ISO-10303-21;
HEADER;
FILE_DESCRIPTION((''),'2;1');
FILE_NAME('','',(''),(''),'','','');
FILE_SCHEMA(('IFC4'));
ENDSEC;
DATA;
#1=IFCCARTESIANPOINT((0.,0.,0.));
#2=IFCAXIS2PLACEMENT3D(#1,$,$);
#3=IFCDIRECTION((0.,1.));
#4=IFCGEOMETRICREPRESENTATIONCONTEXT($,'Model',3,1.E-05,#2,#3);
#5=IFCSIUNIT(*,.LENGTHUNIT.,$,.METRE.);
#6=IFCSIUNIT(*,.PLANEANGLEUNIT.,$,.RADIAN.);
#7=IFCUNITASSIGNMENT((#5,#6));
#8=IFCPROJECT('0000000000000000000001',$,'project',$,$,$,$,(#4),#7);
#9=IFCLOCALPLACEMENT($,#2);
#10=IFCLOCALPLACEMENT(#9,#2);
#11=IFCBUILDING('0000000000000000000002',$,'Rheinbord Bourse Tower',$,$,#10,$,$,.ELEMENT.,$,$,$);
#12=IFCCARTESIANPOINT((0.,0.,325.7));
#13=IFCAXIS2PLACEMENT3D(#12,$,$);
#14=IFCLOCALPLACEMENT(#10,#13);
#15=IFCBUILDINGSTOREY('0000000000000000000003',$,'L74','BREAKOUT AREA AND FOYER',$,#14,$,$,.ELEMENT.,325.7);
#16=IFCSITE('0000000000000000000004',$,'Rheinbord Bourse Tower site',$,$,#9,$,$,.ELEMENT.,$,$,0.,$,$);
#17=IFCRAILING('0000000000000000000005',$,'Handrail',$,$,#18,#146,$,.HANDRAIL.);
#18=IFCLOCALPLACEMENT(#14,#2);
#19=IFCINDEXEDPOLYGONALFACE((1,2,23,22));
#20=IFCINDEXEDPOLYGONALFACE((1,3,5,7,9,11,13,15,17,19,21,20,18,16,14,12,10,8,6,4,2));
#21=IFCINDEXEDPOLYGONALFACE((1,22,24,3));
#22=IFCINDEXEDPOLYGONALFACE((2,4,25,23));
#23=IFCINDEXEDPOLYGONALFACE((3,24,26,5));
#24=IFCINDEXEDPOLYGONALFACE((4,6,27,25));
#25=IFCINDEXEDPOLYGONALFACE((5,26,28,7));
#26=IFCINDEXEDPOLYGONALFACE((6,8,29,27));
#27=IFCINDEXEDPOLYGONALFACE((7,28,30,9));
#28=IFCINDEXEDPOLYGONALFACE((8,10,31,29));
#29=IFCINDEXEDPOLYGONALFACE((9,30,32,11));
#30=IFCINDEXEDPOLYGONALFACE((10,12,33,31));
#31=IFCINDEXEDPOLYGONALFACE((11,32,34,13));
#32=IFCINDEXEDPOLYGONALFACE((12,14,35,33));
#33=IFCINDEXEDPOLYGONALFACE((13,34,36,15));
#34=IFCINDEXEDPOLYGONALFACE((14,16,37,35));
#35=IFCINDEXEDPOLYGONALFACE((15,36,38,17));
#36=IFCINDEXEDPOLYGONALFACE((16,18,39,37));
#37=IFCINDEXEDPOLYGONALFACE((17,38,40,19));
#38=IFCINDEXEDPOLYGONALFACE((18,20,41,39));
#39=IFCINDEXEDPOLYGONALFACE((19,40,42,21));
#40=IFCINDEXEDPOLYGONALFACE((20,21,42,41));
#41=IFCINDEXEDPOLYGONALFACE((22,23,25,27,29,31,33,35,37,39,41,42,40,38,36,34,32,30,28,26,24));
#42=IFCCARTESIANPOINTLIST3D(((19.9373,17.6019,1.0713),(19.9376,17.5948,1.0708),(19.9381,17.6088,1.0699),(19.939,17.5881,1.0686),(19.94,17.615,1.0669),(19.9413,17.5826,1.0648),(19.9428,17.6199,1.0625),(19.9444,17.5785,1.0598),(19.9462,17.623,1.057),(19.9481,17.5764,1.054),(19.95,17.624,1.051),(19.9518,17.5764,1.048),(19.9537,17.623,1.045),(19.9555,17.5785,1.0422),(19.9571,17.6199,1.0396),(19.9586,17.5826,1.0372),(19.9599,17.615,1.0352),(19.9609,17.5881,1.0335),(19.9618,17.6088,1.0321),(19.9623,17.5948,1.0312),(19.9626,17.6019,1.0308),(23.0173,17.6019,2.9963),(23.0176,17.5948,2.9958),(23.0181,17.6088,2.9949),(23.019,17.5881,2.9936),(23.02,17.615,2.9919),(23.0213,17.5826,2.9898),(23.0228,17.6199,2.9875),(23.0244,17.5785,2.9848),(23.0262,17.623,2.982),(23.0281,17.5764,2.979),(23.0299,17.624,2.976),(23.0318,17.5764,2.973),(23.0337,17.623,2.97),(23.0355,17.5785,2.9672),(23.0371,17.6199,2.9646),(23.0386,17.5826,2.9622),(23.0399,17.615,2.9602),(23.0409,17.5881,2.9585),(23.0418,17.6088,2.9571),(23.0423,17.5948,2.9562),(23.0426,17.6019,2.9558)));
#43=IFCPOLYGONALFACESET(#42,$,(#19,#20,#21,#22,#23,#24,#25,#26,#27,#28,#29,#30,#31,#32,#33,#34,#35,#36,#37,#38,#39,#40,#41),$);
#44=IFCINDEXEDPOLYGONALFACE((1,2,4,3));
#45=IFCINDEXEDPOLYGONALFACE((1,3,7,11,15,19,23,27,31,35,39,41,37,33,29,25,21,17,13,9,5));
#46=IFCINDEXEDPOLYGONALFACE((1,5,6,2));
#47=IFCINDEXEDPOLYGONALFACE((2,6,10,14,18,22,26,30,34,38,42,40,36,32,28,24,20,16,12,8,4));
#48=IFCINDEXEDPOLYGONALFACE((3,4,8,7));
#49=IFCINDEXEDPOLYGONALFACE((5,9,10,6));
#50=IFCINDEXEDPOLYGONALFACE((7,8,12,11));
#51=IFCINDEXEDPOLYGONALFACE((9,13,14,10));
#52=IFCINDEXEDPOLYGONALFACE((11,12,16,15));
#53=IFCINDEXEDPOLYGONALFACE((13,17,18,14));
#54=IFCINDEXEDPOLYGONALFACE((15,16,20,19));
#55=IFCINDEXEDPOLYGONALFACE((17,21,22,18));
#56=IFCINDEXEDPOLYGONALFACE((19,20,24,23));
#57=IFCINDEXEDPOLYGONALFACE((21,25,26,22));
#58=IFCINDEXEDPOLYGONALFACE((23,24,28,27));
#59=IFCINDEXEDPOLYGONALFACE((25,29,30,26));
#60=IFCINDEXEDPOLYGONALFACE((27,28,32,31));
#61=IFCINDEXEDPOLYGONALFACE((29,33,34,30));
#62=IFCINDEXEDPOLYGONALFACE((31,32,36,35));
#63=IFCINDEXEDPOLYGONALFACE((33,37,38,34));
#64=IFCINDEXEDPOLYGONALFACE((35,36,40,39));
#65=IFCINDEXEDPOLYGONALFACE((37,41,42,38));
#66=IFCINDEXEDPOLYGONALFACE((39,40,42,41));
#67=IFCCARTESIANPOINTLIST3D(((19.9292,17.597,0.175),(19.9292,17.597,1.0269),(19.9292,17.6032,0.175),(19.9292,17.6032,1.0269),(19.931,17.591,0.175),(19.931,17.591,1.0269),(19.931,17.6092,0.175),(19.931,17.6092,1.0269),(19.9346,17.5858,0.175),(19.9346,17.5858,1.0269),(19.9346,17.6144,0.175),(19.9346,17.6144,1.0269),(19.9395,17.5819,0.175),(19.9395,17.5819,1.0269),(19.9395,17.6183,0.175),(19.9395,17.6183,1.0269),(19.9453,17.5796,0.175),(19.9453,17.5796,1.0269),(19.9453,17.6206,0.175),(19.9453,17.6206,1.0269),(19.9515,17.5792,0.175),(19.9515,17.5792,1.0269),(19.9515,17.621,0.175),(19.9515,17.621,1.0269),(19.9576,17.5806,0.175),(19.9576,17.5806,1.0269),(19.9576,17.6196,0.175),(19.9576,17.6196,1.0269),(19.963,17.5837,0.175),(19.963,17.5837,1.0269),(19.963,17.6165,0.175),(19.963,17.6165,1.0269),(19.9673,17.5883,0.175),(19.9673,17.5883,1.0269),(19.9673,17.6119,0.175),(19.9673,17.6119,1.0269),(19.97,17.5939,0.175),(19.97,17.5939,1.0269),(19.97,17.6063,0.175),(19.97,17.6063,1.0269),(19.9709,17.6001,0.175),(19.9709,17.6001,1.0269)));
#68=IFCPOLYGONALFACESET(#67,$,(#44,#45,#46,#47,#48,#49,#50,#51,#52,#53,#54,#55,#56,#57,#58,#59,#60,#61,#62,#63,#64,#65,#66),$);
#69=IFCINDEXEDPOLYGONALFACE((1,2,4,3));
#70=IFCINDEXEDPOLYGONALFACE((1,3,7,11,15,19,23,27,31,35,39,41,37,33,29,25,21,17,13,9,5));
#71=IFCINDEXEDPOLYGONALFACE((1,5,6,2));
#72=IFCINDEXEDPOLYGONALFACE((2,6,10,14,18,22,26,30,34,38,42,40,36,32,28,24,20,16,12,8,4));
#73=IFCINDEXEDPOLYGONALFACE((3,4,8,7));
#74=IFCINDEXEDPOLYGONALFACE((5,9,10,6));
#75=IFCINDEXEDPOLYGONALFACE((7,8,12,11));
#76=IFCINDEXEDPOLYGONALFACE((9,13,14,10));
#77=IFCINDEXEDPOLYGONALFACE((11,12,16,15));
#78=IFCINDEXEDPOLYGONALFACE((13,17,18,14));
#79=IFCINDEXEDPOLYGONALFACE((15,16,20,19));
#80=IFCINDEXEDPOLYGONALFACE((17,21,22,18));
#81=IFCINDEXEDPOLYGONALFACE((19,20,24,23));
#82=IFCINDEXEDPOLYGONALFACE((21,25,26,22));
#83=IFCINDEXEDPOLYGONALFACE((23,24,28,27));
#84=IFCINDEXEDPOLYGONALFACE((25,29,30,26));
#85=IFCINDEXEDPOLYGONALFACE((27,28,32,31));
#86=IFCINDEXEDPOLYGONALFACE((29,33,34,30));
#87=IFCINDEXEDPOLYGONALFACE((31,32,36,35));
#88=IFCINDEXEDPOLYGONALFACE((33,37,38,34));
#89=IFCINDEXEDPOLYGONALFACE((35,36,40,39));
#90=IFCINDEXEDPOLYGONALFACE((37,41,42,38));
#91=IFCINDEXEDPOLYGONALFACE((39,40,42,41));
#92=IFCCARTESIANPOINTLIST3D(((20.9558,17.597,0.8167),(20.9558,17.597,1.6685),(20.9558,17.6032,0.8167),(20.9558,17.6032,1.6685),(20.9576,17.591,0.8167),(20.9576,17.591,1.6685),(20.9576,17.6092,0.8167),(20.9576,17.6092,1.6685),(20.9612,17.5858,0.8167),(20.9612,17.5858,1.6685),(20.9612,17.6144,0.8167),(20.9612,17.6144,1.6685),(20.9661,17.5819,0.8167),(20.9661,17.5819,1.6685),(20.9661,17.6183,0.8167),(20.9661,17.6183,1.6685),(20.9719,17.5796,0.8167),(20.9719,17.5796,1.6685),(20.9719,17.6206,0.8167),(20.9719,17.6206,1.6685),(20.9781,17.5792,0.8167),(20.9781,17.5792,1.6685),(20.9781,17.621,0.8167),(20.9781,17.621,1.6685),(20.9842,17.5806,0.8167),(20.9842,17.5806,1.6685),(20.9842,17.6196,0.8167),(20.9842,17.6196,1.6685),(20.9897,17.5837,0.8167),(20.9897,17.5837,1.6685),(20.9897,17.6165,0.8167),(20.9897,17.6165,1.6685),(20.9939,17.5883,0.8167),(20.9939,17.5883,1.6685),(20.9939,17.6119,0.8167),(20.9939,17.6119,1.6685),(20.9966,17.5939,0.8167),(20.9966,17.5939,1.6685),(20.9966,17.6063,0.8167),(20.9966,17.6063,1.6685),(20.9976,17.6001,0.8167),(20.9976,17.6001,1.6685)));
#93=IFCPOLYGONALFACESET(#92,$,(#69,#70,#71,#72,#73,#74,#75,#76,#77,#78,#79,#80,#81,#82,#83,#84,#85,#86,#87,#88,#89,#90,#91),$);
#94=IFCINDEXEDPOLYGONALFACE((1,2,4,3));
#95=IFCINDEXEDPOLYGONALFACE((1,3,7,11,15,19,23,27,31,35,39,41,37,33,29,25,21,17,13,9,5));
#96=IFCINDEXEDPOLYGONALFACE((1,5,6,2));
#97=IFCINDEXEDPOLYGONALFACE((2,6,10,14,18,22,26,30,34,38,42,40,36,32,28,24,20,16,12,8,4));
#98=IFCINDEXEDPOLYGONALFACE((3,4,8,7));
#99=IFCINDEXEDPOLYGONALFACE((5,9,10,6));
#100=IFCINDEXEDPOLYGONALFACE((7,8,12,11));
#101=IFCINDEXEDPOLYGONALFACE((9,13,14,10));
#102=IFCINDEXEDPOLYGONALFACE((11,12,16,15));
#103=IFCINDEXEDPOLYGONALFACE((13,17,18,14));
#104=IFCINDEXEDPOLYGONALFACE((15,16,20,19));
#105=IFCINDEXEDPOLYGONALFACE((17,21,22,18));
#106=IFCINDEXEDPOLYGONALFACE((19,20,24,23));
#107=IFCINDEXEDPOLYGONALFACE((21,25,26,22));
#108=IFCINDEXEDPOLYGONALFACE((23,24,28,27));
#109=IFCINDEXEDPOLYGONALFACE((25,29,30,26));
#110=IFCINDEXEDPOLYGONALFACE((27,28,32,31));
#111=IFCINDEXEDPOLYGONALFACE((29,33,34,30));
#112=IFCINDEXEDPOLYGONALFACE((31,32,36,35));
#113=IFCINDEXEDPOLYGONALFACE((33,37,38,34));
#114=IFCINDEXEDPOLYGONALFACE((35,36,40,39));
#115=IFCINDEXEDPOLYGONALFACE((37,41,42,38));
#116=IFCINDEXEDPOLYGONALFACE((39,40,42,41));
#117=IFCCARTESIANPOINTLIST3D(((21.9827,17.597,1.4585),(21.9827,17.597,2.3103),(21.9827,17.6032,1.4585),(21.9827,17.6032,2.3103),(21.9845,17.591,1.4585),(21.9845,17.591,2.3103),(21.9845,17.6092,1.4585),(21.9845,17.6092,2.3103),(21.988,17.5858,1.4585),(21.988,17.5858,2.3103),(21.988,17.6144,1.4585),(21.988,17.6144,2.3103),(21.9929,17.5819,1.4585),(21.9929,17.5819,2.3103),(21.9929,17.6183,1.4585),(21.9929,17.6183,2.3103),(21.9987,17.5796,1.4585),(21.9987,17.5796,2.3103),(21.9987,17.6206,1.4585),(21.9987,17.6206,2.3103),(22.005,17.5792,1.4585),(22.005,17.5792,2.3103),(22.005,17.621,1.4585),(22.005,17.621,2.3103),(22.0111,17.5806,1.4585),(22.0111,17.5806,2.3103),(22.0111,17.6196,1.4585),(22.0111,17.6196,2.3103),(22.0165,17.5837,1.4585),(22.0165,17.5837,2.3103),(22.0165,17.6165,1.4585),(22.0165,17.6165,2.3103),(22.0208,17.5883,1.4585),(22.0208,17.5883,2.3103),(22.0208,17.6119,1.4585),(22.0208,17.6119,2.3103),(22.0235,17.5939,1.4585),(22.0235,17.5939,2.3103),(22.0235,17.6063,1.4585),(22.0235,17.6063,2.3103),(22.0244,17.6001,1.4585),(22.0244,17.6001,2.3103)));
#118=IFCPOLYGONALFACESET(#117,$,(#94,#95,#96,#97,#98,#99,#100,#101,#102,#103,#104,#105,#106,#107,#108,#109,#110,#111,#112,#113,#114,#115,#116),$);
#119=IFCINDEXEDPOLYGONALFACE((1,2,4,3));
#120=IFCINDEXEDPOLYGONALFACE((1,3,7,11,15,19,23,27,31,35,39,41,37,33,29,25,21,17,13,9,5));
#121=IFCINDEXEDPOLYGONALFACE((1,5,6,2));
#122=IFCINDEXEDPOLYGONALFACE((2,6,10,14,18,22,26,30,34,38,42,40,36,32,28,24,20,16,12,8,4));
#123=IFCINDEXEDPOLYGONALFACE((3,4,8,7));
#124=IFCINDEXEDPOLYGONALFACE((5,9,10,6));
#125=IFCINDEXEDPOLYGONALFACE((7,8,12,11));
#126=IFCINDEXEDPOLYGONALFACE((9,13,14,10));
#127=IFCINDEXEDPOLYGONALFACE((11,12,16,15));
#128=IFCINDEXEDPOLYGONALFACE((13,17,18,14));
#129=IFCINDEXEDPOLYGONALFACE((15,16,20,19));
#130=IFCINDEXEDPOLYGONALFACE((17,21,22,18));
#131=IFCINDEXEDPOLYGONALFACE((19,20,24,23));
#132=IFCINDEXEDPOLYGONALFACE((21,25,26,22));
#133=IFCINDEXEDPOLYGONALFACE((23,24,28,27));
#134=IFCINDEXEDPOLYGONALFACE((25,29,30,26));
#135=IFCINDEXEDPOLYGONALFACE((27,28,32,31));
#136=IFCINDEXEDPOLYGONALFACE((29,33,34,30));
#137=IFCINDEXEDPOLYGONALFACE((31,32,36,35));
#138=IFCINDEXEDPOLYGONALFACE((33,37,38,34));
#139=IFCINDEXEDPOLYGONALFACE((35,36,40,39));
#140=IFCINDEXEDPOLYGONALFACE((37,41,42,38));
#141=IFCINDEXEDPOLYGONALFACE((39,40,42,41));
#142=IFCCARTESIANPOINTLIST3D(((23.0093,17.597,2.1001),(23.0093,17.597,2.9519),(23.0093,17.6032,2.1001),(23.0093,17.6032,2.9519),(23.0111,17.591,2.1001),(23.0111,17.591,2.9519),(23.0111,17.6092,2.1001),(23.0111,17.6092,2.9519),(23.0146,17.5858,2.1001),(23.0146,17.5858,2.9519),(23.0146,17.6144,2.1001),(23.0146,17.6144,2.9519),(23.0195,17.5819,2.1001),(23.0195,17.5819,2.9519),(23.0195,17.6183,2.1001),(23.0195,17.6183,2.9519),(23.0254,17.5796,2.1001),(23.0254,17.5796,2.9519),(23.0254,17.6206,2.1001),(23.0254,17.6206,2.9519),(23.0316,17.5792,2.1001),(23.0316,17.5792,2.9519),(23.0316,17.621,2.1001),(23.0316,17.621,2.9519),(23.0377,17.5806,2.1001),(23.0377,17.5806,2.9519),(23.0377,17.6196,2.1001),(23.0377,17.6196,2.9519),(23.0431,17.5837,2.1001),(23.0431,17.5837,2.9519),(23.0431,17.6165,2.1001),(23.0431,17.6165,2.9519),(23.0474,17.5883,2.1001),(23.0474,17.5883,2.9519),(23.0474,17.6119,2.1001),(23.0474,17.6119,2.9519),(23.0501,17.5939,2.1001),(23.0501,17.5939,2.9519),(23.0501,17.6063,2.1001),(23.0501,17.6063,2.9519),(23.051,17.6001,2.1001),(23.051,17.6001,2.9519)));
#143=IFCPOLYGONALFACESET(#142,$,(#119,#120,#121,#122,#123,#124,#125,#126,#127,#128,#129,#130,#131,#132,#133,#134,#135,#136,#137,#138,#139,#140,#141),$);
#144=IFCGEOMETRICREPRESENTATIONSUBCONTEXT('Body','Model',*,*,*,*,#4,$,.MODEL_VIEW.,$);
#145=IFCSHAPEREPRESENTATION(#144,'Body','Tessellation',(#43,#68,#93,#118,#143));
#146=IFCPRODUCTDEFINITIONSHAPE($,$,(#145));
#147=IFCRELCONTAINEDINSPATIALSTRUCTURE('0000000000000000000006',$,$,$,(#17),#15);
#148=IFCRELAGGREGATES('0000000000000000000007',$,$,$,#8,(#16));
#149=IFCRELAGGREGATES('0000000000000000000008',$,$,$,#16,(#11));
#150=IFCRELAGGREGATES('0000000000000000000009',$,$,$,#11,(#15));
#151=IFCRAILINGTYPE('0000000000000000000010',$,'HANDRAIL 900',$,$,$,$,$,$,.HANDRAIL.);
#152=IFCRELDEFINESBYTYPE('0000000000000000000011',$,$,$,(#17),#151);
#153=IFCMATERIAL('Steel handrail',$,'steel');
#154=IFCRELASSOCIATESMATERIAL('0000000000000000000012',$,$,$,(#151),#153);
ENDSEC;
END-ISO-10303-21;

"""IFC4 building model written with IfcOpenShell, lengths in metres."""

from ifc_helpers import new_model, si_unit, direction, frame, origin, origin_2d, place, context, subcontext, project, spatial, circle, extrude, material, type_object, element, save


model = new_model("IFC4")

# Units and contexts
model_context = context("Model", 3, precision=1e-05, world=origin(), true_north=direction((0.0, 1.0)))
body_context = subcontext(model_context, "Body", "Model", "MODEL_VIEW")
ifc_project = project(units=[si_unit("LENGTHUNIT", "METRE"), si_unit("PLANEANGLEUNIT", "RADIAN")], contexts=[model_context])

# Site, building, storey
site_placement = place(None, origin())
site = spatial("IfcSite", under=ifc_project, at=site_placement, Name="Rheinbord Bourse Tower site", CompositionType="ELEMENT", RefElevation=0.0)
building_placement = place(site_placement, origin())
building = spatial("IfcBuilding", under=site, at=building_placement, Name="Rheinbord Bourse Tower", CompositionType="ELEMENT")
storey_placement = place(building_placement, frame((0.0, 0.0, 325.7)))
storey = spatial("IfcBuildingStorey", under=building, at=storey_placement, Name="L74", Description="BREAKOUT AREA AND FOYER", CompositionType="ELEMENT", Elevation=325.7)

# Railing
ifc_material_1 = material(Name="Steel handrail", Category="steel")
railing_type = type_object("IfcRailingType", Name="HANDRAIL 900", PredefinedType="HANDRAIL", material=ifc_material_1)
railing_1_placement = place(storey_placement, frame((19.95, 17.6001, 0.175)))
element("IfcRailing", 1, at=railing_1_placement, inside=storey, type_object=railing_type, Name="Handrail", PredefinedType="HANDRAIL", context=body_context, shape_type="SweptSolid", body=[
    extrude(circle(Radius=0.0239, at=origin_2d()), frame((0.0, 0.0, 0.876), z_axis=(0.847998, 0.0, 0.529999), x_axis=(0.0, 1.0, 0.0)), (0.0, 0.0, 1.0), 3.6321),
    extrude(circle(Radius=0.021, at=origin_2d()), origin(), (0.0, 0.0, 1.0), 0.8518),
    extrude(circle(Radius=0.021, at=origin_2d()), frame((1.0266, 0.0, 0.6416)), (0.0, 0.0, 1.0), 0.8518),
    extrude(circle(Radius=0.021, at=origin_2d()), frame((2.0535, 0.0, 1.2834)), (0.0, 0.0, 1.0), 0.8518),
    extrude(circle(Radius=0.021, at=origin_2d()), frame((3.0801, 0.0, 1.925)), (0.0, 0.0, 1.0), 0.8518),
])

save(model, "model.ifc")
